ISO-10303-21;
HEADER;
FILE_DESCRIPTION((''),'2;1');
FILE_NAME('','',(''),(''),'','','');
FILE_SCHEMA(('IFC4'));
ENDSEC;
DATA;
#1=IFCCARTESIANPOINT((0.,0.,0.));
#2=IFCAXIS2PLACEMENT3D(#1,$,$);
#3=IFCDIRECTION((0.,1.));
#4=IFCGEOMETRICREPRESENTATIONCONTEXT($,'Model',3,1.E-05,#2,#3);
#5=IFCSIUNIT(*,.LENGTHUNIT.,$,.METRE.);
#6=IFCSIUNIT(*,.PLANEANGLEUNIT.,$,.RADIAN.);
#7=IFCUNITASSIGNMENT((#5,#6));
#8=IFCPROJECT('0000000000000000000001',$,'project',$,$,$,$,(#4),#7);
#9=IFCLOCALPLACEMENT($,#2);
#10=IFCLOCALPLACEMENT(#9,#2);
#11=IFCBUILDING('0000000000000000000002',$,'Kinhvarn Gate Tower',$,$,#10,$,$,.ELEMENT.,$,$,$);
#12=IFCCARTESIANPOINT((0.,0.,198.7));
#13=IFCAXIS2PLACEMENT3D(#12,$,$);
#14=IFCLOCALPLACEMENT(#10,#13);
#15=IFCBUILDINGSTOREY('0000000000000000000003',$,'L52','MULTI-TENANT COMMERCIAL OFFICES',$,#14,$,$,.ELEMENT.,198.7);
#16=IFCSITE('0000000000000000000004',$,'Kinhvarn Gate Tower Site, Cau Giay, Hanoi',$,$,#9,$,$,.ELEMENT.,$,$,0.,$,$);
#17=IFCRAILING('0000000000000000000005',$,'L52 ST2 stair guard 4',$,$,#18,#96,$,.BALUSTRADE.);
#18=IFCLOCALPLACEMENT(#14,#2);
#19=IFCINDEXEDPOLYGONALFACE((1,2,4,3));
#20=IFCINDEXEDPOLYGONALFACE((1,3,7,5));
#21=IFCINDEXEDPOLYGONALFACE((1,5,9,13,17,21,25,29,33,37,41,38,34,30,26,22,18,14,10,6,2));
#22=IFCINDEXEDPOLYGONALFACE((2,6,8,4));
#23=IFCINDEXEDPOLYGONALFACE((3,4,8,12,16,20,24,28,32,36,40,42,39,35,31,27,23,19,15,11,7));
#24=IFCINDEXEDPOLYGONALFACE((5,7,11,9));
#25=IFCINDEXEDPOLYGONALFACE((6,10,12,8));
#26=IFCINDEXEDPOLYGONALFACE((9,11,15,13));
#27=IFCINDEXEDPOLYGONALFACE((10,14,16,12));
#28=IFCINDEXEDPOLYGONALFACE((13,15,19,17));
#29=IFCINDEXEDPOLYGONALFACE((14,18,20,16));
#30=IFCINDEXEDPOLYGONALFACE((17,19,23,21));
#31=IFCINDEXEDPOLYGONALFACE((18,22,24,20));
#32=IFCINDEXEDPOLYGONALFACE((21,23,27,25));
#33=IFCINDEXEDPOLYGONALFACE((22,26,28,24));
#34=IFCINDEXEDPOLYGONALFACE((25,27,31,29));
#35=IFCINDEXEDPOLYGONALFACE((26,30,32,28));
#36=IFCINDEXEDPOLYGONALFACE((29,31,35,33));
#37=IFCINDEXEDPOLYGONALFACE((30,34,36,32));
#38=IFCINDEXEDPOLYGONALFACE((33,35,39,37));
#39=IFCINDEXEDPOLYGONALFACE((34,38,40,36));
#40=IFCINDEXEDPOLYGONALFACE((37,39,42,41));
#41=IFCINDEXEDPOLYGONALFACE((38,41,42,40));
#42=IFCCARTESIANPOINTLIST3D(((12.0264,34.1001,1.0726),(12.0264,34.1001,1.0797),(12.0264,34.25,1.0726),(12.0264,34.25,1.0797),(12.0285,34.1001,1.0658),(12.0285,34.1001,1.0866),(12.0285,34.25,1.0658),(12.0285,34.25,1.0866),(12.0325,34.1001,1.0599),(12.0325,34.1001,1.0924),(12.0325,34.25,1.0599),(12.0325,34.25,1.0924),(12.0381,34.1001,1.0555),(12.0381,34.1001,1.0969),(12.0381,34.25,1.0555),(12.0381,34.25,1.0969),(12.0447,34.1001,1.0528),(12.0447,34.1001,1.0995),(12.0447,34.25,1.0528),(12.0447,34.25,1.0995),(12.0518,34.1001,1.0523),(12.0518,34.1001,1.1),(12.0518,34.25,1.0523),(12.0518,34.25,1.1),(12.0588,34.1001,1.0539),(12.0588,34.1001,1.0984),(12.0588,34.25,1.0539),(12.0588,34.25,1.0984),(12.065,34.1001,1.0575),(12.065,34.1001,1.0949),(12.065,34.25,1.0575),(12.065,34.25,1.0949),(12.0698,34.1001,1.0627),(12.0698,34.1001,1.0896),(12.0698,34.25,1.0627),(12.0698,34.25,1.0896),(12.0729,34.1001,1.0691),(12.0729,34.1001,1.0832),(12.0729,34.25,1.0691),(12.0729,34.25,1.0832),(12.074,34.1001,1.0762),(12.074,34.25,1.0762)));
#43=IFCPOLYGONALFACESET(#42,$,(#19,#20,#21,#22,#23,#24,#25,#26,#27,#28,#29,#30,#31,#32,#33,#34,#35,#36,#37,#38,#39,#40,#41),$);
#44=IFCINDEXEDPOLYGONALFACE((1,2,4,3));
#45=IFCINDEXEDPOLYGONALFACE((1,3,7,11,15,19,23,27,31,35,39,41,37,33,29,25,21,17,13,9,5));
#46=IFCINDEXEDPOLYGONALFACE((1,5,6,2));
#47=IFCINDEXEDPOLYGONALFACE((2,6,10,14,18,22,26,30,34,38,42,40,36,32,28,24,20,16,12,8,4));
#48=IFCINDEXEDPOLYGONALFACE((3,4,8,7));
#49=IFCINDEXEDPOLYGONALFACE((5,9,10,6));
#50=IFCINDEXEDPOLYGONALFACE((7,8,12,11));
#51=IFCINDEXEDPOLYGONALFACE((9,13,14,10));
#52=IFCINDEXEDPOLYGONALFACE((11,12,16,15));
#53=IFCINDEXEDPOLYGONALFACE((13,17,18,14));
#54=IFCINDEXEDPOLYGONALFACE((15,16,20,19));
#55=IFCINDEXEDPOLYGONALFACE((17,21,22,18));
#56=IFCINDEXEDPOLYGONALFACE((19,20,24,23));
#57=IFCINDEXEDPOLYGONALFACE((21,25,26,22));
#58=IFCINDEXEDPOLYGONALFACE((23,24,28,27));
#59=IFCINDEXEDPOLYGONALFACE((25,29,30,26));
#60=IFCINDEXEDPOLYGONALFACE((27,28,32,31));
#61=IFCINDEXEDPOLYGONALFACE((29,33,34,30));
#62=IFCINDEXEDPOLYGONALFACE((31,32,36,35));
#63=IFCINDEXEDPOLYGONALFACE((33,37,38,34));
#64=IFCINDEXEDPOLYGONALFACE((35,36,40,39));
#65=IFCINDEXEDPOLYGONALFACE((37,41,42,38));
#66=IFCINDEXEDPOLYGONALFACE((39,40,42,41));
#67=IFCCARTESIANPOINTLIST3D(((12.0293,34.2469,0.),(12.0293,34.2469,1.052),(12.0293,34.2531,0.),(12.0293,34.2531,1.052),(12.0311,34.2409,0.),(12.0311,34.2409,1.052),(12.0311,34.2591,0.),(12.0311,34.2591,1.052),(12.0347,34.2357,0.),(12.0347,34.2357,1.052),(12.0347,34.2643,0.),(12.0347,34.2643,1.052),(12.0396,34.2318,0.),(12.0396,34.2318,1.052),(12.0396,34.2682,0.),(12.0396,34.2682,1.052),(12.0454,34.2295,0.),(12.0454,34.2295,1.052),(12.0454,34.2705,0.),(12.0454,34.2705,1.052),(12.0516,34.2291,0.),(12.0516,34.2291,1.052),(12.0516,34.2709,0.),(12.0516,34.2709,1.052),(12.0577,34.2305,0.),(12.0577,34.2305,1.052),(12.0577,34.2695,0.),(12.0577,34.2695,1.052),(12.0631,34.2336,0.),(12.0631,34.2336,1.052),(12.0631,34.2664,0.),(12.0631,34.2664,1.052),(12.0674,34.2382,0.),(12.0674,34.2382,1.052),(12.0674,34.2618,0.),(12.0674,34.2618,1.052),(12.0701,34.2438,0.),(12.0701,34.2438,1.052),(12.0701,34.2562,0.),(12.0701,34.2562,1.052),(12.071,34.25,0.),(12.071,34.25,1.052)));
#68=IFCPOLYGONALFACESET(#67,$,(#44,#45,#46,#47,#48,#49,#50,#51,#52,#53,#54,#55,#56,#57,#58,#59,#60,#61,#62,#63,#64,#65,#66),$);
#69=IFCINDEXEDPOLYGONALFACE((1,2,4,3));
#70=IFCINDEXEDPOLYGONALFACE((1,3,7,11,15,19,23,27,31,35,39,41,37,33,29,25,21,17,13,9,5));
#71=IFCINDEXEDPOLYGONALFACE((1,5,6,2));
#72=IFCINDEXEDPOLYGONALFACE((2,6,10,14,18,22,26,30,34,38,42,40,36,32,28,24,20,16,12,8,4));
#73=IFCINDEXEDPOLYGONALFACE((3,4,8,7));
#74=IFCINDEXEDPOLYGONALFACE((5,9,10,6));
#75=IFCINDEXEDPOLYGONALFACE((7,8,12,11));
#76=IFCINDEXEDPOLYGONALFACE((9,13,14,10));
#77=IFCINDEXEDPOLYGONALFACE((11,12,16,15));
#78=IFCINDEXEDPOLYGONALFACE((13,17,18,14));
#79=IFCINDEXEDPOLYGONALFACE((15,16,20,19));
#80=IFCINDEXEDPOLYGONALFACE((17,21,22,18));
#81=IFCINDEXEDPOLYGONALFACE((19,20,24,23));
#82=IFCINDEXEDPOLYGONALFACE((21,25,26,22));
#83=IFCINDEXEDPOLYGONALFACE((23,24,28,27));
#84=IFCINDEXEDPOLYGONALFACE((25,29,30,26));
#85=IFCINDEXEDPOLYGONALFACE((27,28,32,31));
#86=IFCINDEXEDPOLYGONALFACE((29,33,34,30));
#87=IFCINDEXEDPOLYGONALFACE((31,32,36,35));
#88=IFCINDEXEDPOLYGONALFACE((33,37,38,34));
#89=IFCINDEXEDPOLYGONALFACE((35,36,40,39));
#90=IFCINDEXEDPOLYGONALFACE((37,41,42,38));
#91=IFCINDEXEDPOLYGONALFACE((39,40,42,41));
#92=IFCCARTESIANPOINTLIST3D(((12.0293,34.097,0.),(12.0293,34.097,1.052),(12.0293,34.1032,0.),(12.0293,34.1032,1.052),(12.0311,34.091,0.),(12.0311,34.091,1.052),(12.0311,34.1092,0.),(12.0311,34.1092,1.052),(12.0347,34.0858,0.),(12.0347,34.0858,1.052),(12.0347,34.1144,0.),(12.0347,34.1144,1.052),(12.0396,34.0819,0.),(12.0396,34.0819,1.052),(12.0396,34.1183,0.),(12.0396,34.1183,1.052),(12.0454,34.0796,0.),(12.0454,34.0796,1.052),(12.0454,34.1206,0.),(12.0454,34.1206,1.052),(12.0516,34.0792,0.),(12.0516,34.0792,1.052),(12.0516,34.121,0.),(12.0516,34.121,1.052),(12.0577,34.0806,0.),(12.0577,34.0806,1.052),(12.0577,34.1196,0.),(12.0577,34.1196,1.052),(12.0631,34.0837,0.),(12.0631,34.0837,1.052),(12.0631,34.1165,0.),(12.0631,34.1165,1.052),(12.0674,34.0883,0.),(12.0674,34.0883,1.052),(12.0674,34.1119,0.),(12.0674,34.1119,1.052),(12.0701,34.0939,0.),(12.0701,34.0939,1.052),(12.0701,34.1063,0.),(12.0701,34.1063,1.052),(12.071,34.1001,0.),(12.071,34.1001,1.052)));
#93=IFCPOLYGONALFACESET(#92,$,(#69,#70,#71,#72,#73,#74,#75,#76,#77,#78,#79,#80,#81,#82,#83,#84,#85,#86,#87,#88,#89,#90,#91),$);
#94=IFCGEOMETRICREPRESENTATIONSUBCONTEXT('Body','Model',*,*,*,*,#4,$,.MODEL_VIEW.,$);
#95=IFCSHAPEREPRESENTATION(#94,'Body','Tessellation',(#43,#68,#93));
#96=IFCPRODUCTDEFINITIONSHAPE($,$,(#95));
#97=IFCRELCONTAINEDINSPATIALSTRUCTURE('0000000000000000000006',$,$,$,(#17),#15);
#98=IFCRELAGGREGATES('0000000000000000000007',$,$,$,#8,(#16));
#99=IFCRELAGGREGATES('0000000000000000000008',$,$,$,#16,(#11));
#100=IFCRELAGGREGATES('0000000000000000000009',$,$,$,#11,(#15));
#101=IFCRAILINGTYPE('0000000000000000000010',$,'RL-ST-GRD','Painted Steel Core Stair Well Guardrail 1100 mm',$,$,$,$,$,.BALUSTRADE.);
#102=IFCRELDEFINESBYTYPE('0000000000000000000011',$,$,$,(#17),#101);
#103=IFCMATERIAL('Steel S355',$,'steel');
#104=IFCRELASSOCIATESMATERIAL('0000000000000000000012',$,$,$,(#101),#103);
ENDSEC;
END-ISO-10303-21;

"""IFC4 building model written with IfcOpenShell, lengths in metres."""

from ifc_helpers import new_model, si_unit, direction, frame, origin, origin_2d, place, context, subcontext, project, spatial, circle, extrude, material, type_object, element, save


model = new_model("IFC4")

# Units and contexts
model_context = context("Model", 3, precision=1e-05, world=origin(), true_north=direction((0.0, 1.0)))
body_context = subcontext(model_context, "Body", "Model", "MODEL_VIEW")
ifc_project = project(units=[si_unit("LENGTHUNIT", "METRE"), si_unit("PLANEANGLEUNIT", "RADIAN")], contexts=[model_context])

# Site, building, storey
site_placement = place(None, origin())
site = spatial("IfcSite", under=ifc_project, at=site_placement, Name="Kinhvarn Gate Tower Site, Cau Giay, Hanoi", CompositionType="ELEMENT", RefElevation=0.0)
building_placement = place(site_placement, origin())
building = spatial("IfcBuilding", under=site, at=building_placement, Name="Kinhvarn Gate Tower", CompositionType="ELEMENT")
storey_placement = place(building_placement, frame((0.0, 0.0, 198.7)))
storey = spatial("IfcBuildingStorey", under=building, at=storey_placement, Name="L52", Description="MULTI-TENANT COMMERCIAL OFFICES", CompositionType="ELEMENT", Elevation=198.7)

# Railing
ifc_material_1 = material(Name="Steel S355", Category="steel")
railing_type_1 = type_object("IfcRailingType", Name="RL-ST-GRD", Description="Painted Steel Core Stair Well Guardrail 1100 mm", PredefinedType="BALUSTRADE", material=ifc_material_1)
railing_1_placement = place(storey_placement, frame((12.05, 34.25, 0.0)))
element("IfcRailing", 1, at=railing_1_placement, inside=storey, type_object=railing_type_1, Name="L52 ST2 stair guard 4", PredefinedType="BALUSTRADE", context=body_context, shape_type="SweptSolid", body=[
    extrude(circle(Radius=0.0239, at=origin_2d()), frame((0.0, 0.0, 1.0762), z_axis=(0.0, -1.0, 0.0), x_axis=(1.0, 0.0, 0.0)), (0.0, 0.0, 1.0), 0.1499),
    extrude(circle(Radius=0.021, at=origin_2d()), origin(), (0.0, 0.0, 1.0), 1.052),
    extrude(circle(Radius=0.021, at=origin_2d()), frame((0.0, -0.1499, 0.0)), (0.0, 0.0, 1.0), 1.052),
])

save(model, "model.ifc")
